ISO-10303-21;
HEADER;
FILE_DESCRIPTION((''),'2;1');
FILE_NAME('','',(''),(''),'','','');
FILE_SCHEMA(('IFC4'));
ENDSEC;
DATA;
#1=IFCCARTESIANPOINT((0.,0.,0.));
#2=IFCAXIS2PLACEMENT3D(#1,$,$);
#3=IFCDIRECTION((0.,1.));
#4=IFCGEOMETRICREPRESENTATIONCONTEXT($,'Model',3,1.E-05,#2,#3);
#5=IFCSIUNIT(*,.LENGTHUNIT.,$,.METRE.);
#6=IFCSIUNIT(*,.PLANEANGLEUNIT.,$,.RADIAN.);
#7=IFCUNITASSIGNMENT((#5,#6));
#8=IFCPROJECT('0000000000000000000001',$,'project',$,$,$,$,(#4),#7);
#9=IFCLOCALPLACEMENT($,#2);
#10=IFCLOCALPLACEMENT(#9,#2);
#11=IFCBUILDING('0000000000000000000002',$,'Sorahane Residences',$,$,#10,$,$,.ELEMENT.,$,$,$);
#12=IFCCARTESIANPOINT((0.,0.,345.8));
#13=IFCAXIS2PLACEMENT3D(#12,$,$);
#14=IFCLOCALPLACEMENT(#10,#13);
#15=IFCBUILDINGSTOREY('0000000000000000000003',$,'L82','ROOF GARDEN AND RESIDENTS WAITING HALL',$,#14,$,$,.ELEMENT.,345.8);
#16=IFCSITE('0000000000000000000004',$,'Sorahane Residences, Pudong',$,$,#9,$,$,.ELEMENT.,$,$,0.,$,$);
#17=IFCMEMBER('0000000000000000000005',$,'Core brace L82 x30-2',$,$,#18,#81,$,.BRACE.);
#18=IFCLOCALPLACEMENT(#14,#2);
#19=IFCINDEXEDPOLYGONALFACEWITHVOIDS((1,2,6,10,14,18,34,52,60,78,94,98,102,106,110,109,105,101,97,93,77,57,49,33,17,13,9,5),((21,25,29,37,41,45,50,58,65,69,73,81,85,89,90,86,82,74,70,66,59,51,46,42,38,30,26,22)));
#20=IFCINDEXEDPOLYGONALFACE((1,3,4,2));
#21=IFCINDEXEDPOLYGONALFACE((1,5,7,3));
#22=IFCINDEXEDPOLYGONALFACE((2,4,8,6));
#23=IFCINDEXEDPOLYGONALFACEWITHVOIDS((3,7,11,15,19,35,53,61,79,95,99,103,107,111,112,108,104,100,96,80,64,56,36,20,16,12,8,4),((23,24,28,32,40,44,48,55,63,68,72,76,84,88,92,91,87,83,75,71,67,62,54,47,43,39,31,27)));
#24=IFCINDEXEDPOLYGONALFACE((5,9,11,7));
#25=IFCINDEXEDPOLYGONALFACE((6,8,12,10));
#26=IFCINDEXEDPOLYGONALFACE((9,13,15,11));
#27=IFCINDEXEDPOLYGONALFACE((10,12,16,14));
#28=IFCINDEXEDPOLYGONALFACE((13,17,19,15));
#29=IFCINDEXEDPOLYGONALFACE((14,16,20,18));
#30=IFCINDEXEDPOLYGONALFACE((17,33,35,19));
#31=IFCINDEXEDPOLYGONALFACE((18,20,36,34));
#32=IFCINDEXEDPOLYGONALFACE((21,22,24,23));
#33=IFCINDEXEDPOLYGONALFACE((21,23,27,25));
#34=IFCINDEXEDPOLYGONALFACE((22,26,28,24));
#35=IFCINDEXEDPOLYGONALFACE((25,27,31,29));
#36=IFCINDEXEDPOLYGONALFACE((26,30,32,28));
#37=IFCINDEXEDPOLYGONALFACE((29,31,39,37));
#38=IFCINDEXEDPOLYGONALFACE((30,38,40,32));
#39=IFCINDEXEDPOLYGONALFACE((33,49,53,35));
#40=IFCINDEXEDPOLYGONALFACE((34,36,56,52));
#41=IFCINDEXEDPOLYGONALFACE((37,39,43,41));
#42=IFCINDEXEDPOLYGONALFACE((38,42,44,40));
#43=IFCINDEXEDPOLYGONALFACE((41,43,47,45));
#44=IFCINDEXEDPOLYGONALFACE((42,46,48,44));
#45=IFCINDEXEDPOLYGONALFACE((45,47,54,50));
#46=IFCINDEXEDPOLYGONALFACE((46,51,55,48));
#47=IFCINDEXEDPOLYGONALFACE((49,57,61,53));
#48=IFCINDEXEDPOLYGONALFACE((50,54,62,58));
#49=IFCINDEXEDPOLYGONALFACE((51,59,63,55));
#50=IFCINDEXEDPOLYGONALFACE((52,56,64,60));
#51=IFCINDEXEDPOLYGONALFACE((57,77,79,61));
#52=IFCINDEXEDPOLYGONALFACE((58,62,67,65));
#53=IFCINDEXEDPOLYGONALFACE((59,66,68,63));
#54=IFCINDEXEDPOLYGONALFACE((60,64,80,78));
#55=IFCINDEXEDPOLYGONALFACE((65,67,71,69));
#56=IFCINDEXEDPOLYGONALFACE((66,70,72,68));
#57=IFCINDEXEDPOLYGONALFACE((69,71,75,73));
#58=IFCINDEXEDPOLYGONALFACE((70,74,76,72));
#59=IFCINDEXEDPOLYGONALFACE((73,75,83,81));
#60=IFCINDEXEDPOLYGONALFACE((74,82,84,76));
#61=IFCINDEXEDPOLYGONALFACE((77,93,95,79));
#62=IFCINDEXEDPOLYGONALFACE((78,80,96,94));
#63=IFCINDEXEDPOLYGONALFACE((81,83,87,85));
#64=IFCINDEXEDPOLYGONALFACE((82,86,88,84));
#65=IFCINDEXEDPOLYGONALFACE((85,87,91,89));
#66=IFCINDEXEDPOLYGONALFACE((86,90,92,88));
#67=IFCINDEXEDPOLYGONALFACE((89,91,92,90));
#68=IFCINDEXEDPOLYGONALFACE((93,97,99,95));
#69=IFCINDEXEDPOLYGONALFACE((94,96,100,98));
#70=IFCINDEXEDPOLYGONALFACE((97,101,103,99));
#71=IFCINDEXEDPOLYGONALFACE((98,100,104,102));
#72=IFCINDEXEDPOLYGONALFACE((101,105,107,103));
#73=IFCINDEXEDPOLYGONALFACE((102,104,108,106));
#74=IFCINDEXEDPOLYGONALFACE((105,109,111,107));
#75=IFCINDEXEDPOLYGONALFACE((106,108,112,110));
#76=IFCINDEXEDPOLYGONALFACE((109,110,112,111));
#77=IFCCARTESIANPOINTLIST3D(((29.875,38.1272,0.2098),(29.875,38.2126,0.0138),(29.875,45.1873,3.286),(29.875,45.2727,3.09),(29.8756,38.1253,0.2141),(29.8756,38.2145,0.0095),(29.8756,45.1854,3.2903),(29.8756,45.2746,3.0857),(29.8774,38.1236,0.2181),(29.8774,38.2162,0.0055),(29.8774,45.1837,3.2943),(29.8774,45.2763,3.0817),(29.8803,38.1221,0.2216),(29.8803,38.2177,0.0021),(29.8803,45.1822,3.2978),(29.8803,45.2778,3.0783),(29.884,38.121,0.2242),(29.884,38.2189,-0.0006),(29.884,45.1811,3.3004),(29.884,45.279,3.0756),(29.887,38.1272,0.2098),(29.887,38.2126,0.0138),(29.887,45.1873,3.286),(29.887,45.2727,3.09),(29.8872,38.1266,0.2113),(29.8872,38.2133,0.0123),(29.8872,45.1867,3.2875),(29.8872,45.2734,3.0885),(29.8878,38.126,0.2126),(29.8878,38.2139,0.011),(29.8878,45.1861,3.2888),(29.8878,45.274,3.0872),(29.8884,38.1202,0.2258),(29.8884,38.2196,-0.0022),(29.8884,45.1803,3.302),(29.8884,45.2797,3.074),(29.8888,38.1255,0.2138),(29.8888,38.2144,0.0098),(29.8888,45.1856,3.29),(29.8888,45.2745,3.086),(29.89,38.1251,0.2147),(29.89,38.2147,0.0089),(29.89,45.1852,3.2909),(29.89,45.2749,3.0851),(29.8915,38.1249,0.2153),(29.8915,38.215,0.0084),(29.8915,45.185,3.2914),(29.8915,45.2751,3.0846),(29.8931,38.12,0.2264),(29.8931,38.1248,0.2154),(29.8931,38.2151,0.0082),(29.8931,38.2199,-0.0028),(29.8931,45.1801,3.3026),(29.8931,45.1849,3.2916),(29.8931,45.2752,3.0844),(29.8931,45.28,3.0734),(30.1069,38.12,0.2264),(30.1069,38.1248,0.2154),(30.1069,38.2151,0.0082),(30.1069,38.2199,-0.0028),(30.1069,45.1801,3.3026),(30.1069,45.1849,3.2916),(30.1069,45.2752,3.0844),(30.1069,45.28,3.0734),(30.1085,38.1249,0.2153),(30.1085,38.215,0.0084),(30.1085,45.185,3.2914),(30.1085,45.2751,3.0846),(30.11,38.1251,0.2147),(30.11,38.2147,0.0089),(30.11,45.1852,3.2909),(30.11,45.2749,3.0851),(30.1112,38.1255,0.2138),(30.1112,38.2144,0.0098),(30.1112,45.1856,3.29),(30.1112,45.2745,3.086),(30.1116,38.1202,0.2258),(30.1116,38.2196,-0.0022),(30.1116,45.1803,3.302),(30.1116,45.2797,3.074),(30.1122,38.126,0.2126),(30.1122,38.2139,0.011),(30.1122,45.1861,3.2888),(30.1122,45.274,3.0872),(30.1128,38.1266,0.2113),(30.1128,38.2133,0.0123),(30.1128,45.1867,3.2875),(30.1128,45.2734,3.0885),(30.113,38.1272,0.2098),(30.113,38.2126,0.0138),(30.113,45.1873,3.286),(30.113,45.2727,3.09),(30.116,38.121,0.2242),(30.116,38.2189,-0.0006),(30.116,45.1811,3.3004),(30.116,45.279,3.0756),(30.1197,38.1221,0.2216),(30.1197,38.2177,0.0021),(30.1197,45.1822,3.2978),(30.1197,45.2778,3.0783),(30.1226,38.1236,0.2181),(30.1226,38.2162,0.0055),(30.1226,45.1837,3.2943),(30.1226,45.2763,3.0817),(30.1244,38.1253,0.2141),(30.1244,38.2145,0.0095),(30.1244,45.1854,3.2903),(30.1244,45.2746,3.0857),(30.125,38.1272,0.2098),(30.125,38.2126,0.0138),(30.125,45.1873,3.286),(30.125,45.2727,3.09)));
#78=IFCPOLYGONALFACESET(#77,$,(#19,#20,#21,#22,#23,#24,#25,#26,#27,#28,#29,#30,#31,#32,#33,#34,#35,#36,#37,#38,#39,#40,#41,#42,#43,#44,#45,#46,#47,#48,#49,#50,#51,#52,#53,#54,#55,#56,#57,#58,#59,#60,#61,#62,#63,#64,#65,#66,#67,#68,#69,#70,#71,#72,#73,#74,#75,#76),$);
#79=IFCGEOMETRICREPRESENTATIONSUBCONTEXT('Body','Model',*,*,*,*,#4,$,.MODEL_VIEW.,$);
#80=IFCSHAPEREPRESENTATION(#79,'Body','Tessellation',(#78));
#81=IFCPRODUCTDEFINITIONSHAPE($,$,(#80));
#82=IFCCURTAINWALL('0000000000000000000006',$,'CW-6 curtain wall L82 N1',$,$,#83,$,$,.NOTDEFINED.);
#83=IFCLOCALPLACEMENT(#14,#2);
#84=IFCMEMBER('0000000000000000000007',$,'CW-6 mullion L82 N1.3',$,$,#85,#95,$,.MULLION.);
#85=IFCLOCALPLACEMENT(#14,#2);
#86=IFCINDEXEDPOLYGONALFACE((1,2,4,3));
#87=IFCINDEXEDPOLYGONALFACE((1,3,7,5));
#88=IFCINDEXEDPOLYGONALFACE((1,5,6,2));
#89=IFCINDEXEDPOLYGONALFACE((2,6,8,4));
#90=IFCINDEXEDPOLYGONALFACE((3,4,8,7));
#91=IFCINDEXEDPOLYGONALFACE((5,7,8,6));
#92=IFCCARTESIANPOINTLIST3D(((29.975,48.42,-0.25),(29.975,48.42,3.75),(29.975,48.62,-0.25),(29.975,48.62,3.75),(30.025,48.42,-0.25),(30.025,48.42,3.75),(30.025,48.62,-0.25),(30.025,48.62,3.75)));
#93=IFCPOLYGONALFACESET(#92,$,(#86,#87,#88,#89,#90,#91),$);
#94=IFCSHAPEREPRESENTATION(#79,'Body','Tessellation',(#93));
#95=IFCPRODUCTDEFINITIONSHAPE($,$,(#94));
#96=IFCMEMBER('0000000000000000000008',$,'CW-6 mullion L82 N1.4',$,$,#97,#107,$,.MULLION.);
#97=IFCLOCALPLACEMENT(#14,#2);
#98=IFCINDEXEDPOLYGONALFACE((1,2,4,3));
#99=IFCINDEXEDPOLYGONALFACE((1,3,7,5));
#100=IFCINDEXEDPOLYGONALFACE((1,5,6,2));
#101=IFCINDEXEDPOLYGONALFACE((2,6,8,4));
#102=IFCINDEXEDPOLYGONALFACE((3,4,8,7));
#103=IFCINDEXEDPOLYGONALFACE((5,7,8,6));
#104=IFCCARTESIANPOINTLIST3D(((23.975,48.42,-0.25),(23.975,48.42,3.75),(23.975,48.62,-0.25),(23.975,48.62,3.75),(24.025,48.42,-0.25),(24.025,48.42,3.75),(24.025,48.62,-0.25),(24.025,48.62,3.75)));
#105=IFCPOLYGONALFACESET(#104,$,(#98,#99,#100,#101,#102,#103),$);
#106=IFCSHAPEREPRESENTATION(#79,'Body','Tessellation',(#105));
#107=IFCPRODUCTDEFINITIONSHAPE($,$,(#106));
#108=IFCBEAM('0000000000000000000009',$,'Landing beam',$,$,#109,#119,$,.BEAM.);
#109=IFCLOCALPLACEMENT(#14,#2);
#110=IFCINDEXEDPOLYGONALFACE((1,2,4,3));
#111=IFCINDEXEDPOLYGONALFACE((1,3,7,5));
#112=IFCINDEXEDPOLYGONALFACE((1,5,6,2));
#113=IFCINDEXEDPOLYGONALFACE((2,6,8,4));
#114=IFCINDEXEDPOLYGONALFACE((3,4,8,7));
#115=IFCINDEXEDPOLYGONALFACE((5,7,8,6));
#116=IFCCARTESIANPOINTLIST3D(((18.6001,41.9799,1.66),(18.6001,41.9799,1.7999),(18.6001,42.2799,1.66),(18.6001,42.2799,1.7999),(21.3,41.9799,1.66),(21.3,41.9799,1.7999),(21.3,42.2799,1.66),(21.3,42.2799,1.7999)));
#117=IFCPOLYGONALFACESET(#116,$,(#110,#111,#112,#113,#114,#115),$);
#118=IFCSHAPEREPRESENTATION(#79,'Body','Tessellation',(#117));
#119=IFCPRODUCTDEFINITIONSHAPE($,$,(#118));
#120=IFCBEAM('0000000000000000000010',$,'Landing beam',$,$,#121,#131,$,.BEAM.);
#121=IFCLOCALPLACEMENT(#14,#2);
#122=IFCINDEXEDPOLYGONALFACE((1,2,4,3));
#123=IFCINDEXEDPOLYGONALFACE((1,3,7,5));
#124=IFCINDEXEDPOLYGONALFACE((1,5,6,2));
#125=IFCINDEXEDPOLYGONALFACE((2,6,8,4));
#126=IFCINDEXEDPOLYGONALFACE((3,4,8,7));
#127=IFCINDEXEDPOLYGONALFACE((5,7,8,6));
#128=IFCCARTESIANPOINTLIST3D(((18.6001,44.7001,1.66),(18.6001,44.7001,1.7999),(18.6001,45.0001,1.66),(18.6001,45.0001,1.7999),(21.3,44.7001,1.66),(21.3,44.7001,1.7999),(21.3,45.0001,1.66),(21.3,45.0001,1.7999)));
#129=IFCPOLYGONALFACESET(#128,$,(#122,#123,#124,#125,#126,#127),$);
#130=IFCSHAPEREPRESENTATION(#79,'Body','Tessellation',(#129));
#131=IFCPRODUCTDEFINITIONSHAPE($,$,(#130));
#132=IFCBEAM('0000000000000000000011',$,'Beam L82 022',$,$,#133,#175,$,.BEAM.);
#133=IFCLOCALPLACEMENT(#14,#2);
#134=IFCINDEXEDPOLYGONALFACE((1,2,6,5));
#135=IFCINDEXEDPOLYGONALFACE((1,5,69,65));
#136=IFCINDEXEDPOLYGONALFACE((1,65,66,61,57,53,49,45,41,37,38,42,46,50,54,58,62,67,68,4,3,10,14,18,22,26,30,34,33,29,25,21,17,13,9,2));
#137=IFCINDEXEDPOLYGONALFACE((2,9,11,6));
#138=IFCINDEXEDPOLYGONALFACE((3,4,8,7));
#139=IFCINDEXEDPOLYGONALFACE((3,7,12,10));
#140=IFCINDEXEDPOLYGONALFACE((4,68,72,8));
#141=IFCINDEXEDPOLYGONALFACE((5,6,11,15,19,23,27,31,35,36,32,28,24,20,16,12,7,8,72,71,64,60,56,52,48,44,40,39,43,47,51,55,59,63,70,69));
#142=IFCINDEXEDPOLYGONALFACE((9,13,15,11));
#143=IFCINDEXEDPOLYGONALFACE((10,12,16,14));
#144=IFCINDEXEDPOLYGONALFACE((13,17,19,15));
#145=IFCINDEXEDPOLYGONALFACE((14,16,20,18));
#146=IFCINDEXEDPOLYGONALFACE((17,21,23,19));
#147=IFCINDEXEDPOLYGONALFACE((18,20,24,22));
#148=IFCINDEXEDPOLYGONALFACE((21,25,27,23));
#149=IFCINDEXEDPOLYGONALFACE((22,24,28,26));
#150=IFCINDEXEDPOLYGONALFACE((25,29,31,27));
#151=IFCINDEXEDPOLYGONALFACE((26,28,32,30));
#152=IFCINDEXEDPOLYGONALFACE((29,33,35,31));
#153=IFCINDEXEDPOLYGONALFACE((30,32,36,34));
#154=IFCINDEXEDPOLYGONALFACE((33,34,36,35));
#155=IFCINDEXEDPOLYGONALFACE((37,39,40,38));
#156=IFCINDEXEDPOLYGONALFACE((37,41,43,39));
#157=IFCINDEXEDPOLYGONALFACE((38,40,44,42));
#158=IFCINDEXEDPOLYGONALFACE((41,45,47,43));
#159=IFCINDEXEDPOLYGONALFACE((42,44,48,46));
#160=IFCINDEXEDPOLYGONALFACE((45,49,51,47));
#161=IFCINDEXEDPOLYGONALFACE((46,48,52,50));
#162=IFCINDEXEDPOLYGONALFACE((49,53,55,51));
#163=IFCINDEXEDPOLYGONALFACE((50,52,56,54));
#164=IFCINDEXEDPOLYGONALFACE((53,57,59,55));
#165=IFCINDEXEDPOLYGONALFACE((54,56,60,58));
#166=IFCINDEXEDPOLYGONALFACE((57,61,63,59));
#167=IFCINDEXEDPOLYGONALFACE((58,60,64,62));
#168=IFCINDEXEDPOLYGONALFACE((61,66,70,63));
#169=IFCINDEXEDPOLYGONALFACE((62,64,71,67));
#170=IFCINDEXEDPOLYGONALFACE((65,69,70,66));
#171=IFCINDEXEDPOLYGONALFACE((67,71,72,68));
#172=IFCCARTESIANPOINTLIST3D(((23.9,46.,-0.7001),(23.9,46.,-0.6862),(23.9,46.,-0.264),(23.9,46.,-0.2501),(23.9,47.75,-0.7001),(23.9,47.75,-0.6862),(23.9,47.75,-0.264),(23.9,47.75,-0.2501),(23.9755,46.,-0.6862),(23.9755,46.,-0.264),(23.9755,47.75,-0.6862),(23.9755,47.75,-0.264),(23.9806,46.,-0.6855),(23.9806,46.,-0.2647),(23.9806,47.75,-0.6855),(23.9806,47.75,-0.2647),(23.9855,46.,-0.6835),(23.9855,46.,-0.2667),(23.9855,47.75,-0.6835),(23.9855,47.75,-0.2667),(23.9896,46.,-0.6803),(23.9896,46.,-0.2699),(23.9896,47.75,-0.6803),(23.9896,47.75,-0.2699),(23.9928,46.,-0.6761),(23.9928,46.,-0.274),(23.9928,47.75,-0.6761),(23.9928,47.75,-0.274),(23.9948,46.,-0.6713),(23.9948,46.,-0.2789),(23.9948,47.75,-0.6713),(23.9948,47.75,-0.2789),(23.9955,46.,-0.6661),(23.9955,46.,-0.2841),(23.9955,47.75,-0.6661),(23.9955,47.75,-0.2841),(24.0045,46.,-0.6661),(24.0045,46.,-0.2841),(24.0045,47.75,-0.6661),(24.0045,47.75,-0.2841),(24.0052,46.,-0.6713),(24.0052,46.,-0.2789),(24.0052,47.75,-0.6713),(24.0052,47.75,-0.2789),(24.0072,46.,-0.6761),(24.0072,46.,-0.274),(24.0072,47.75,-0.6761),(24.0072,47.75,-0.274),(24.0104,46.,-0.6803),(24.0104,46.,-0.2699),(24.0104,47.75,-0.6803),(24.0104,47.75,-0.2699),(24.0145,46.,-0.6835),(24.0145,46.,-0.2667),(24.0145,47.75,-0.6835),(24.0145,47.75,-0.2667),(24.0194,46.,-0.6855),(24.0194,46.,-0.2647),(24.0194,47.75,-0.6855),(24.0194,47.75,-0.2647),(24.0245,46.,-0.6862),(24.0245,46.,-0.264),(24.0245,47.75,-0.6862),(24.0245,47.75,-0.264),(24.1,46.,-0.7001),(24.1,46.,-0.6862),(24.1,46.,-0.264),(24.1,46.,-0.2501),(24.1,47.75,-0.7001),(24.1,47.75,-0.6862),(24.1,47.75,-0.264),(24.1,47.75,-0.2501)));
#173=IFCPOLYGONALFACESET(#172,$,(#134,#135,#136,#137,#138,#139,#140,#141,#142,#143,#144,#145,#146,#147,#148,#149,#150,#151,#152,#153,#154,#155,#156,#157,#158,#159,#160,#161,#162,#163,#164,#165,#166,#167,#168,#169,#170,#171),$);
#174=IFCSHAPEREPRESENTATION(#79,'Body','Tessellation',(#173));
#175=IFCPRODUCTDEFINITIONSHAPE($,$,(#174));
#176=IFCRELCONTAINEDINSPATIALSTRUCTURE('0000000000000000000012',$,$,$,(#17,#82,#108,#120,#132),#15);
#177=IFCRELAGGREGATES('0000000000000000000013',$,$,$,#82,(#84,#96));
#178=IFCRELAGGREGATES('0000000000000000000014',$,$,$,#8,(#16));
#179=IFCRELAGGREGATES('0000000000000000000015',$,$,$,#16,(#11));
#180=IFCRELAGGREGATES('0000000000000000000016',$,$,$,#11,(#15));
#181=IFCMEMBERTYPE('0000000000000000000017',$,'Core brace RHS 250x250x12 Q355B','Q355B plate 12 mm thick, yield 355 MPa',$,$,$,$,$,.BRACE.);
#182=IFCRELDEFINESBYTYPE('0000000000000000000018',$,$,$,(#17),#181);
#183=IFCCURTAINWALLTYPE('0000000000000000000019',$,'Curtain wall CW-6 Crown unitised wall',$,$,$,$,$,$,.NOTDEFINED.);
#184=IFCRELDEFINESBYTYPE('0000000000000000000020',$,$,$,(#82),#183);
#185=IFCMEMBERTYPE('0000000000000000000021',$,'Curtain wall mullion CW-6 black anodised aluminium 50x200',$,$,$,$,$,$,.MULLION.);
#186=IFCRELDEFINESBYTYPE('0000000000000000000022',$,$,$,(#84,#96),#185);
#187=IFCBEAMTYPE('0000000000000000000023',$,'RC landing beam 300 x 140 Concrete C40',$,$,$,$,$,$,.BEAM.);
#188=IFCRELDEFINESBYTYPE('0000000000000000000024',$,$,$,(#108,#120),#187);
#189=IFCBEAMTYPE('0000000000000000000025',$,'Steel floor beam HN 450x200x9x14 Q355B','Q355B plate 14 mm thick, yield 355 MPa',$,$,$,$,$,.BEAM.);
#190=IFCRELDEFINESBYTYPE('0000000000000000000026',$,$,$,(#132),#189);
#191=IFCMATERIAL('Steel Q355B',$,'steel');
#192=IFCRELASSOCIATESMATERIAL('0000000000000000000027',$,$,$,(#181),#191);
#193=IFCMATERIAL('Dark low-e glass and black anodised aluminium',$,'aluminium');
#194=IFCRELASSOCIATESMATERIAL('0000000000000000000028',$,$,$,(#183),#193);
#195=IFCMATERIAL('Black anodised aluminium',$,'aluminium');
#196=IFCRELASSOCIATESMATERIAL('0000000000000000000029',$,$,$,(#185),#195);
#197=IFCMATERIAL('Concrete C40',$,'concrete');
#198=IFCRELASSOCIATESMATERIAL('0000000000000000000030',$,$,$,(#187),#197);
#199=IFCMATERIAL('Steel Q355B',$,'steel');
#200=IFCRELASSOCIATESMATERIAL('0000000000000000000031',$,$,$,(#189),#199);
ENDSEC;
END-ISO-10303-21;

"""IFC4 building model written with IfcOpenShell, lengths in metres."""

from ifc_helpers import new_model, si_unit, direction, frame, origin, origin_2d, place, context, subcontext, project, spatial, rectangle, hollow_rectangle, i_section, extrude, material, material_profile, profile_set, type_object, element, aggregate, save


model = new_model("IFC4")

# Units and contexts
model_context = context("Model", 3, precision=1e-05, world=origin(), true_north=direction((0.0, 1.0)))
body_context = subcontext(model_context, "Body", "Model", "MODEL_VIEW")
ifc_project = project(units=[si_unit("LENGTHUNIT", "METRE"), si_unit("PLANEANGLEUNIT", "RADIAN")], contexts=[model_context])

# Site, building, storey
site_placement = place(None, origin())
site = spatial("IfcSite", under=ifc_project, at=site_placement, Name="Sorahane Residences, Pudong", CompositionType="ELEMENT", RefElevation=0.0)
building_placement = place(site_placement, origin())
building = spatial("IfcBuilding", under=site, at=building_placement, Name="Sorahane Residences", CompositionType="ELEMENT")
storey_placement = place(building_placement, frame((0.0, 0.0, 345.8)))
storey = spatial("IfcBuildingStorey", under=building, at=storey_placement, Name="L82", Description="ROOF GARDEN AND RESIDENTS WAITING HALL", CompositionType="ELEMENT", Elevation=345.8)

# Member
ifc_material_1 = material(Name="Steel Q355B", Category="steel")
ifc_material_profile_1 = material_profile(ifc_material_1, hollow_rectangle(XDim=0.25, YDim=0.25, WallThickness=0.012, InnerFilletRadius=0.0061, OuterFilletRadius=0.0181, at=origin_2d()), Name="RHS 250x250x12")
ifc_profile_set_1 = profile_set([ifc_material_profile_1], Name="Steel Q355B")
member_type_1 = type_object("IfcMemberType", Name="Core brace RHS 250x250x12 Q355B", Description="Q355B plate 12 mm thick, yield 355 MPa", PredefinedType="BRACE", material=ifc_profile_set_1)
member_1_placement = place(storey_placement, frame((30.0, 38.1699, 0.1118), z_axis=(0.0, 0.916757, 0.399445), x_axis=(-1.0, 0.0, 0.0)))
element("IfcMember", 1, at=member_1_placement, inside=storey, type_object=member_type_1, Name="Core brace L82 x30-2", PredefinedType="BRACE", context=body_context, shape_type="SweptSolid", body=[
    extrude(hollow_rectangle(XDim=0.25, YDim=0.25, WallThickness=0.012, InnerFilletRadius=0.0061, OuterFilletRadius=0.0181, at=origin_2d()), origin(), (0.0, 0.0, 1.0), 7.7012),
])

# Curtain wall, members
ifc_material_2 = material(Name="Dark low-e glass and black anodised aluminium", Category="aluminium")
curtain_wall_type = type_object("IfcCurtainWallType", Name="Curtain wall CW-6 Crown unitised wall", PredefinedType="NOTDEFINED", material=ifc_material_2)
curtain_wall_placement = place(storey_placement, origin())
curtain_wall = element("IfcCurtainWall", 2, at=curtain_wall_placement, inside=storey, type_object=curtain_wall_type, Name="CW-6 curtain wall L82 N1", PredefinedType="NOTDEFINED")
ifc_material_3 = material(Name="Black anodised aluminium", Category="aluminium")
ifc_material_profile_2 = material_profile(ifc_material_3, rectangle(XDim=0.2, YDim=0.05, at=origin_2d()), Name="Curtain wall mullion CW-6 black anodised aluminium 50x200")
ifc_profile_set_2 = profile_set([ifc_material_profile_2], Name="Black anodised aluminium")
member_type_2 = type_object("IfcMemberType", Name="Curtain wall mullion CW-6 black anodised aluminium 50x200", PredefinedType="MULLION", material=ifc_profile_set_2)
member_2_placement = place(storey_placement, frame((30.0, 48.52, -0.25), z_axis=(0.0, 0.0, 1.0), x_axis=(0.0, 1.0, 0.0)))
member_2 = element("IfcMember", 3, at=member_2_placement, type_object=member_type_2, Name="CW-6 mullion L82 N1.3", PredefinedType="MULLION", context=body_context, shape_type="SweptSolid", body=[
    extrude(rectangle(XDim=0.2, YDim=0.05, at=origin_2d()), origin(), (0.0, 0.0, 1.0), 4.0),
])
member_3_placement = place(storey_placement, frame((24.0, 48.52, -0.25), z_axis=(0.0, 0.0, 1.0), x_axis=(0.0, 1.0, 0.0)))
member_3 = element("IfcMember", 4, at=member_3_placement, type_object=member_type_2, Name="CW-6 mullion L82 N1.4", PredefinedType="MULLION", context=body_context, shape_type="SweptSolid", body=[
    extrude(rectangle(XDim=0.2, YDim=0.05, at=origin_2d()), origin(), (0.0, 0.0, 1.0), 4.0),
])

# Beams
ifc_material_4 = material(Name="Concrete C40", Category="concrete")
ifc_material_profile_3 = material_profile(ifc_material_4, rectangle(XDim=0.3, YDim=0.1399, at=origin_2d()), Name="300x140")
ifc_profile_set_3 = profile_set([ifc_material_profile_3], Name="Concrete C40")
beam_type_1 = type_object("IfcBeamType", Name="RC landing beam 300 x 140 Concrete C40", PredefinedType="BEAM", material=ifc_profile_set_3)
for number, where, z_axis, x_axis, name in (
    (5, (18.6001, 42.1299, 1.73), (1.0, 0.0, 0.0), (0.0, 1.0, 0.0), "Landing beam"),
    (6, (18.6001, 44.8501, 1.73), (1.0, 0.0, 0.0), (0.0, 1.0, 0.0), "Landing beam"),
):
    element("IfcBeam", number, at=place(storey_placement, frame(where, z_axis=z_axis, x_axis=x_axis)), inside=storey, type_object=beam_type_1, Name=name, PredefinedType="BEAM", context=body_context, shape_type="SweptSolid", body=[
        extrude(rectangle(XDim=0.3, YDim=0.1399, at=origin_2d()), origin(), (0.0, 0.0, 1.0), 2.7),
    ])
ifc_material_5 = material(Name="Steel Q355B", Category="steel")
ifc_material_profile_4 = material_profile(ifc_material_5, i_section(OverallWidth=0.2, OverallDepth=0.45, WebThickness=0.009, FlangeThickness=0.0139, FilletRadius=0.02, at=origin_2d()), Name="HN 450x200x9x14")
ifc_profile_set_4 = profile_set([ifc_material_profile_4], Name="Steel Q355B")
beam_type_2 = type_object("IfcBeamType", Name="Steel floor beam HN 450x200x9x14 Q355B", Description="Q355B plate 14 mm thick, yield 355 MPa", PredefinedType="BEAM", material=ifc_profile_set_4)
beam_1_placement = place(storey_placement, frame((24.0, 46.0, -0.4751), z_axis=(0.0, 1.0, 0.0), x_axis=(-1.0, 0.0, 0.0)))
element("IfcBeam", 7, at=beam_1_placement, inside=storey, type_object=beam_type_2, Name="Beam L82 022", PredefinedType="BEAM", context=body_context, shape_type="SweptSolid", body=[
    extrude(i_section(OverallWidth=0.2, OverallDepth=0.45, WebThickness=0.009, FlangeThickness=0.0139, FilletRadius=0.02, at=origin_2d()), origin(), (0.0, 0.0, 1.0), 1.75),
])

aggregate(curtain_wall, [member_2, member_3])

save(model, "model.ifc")
